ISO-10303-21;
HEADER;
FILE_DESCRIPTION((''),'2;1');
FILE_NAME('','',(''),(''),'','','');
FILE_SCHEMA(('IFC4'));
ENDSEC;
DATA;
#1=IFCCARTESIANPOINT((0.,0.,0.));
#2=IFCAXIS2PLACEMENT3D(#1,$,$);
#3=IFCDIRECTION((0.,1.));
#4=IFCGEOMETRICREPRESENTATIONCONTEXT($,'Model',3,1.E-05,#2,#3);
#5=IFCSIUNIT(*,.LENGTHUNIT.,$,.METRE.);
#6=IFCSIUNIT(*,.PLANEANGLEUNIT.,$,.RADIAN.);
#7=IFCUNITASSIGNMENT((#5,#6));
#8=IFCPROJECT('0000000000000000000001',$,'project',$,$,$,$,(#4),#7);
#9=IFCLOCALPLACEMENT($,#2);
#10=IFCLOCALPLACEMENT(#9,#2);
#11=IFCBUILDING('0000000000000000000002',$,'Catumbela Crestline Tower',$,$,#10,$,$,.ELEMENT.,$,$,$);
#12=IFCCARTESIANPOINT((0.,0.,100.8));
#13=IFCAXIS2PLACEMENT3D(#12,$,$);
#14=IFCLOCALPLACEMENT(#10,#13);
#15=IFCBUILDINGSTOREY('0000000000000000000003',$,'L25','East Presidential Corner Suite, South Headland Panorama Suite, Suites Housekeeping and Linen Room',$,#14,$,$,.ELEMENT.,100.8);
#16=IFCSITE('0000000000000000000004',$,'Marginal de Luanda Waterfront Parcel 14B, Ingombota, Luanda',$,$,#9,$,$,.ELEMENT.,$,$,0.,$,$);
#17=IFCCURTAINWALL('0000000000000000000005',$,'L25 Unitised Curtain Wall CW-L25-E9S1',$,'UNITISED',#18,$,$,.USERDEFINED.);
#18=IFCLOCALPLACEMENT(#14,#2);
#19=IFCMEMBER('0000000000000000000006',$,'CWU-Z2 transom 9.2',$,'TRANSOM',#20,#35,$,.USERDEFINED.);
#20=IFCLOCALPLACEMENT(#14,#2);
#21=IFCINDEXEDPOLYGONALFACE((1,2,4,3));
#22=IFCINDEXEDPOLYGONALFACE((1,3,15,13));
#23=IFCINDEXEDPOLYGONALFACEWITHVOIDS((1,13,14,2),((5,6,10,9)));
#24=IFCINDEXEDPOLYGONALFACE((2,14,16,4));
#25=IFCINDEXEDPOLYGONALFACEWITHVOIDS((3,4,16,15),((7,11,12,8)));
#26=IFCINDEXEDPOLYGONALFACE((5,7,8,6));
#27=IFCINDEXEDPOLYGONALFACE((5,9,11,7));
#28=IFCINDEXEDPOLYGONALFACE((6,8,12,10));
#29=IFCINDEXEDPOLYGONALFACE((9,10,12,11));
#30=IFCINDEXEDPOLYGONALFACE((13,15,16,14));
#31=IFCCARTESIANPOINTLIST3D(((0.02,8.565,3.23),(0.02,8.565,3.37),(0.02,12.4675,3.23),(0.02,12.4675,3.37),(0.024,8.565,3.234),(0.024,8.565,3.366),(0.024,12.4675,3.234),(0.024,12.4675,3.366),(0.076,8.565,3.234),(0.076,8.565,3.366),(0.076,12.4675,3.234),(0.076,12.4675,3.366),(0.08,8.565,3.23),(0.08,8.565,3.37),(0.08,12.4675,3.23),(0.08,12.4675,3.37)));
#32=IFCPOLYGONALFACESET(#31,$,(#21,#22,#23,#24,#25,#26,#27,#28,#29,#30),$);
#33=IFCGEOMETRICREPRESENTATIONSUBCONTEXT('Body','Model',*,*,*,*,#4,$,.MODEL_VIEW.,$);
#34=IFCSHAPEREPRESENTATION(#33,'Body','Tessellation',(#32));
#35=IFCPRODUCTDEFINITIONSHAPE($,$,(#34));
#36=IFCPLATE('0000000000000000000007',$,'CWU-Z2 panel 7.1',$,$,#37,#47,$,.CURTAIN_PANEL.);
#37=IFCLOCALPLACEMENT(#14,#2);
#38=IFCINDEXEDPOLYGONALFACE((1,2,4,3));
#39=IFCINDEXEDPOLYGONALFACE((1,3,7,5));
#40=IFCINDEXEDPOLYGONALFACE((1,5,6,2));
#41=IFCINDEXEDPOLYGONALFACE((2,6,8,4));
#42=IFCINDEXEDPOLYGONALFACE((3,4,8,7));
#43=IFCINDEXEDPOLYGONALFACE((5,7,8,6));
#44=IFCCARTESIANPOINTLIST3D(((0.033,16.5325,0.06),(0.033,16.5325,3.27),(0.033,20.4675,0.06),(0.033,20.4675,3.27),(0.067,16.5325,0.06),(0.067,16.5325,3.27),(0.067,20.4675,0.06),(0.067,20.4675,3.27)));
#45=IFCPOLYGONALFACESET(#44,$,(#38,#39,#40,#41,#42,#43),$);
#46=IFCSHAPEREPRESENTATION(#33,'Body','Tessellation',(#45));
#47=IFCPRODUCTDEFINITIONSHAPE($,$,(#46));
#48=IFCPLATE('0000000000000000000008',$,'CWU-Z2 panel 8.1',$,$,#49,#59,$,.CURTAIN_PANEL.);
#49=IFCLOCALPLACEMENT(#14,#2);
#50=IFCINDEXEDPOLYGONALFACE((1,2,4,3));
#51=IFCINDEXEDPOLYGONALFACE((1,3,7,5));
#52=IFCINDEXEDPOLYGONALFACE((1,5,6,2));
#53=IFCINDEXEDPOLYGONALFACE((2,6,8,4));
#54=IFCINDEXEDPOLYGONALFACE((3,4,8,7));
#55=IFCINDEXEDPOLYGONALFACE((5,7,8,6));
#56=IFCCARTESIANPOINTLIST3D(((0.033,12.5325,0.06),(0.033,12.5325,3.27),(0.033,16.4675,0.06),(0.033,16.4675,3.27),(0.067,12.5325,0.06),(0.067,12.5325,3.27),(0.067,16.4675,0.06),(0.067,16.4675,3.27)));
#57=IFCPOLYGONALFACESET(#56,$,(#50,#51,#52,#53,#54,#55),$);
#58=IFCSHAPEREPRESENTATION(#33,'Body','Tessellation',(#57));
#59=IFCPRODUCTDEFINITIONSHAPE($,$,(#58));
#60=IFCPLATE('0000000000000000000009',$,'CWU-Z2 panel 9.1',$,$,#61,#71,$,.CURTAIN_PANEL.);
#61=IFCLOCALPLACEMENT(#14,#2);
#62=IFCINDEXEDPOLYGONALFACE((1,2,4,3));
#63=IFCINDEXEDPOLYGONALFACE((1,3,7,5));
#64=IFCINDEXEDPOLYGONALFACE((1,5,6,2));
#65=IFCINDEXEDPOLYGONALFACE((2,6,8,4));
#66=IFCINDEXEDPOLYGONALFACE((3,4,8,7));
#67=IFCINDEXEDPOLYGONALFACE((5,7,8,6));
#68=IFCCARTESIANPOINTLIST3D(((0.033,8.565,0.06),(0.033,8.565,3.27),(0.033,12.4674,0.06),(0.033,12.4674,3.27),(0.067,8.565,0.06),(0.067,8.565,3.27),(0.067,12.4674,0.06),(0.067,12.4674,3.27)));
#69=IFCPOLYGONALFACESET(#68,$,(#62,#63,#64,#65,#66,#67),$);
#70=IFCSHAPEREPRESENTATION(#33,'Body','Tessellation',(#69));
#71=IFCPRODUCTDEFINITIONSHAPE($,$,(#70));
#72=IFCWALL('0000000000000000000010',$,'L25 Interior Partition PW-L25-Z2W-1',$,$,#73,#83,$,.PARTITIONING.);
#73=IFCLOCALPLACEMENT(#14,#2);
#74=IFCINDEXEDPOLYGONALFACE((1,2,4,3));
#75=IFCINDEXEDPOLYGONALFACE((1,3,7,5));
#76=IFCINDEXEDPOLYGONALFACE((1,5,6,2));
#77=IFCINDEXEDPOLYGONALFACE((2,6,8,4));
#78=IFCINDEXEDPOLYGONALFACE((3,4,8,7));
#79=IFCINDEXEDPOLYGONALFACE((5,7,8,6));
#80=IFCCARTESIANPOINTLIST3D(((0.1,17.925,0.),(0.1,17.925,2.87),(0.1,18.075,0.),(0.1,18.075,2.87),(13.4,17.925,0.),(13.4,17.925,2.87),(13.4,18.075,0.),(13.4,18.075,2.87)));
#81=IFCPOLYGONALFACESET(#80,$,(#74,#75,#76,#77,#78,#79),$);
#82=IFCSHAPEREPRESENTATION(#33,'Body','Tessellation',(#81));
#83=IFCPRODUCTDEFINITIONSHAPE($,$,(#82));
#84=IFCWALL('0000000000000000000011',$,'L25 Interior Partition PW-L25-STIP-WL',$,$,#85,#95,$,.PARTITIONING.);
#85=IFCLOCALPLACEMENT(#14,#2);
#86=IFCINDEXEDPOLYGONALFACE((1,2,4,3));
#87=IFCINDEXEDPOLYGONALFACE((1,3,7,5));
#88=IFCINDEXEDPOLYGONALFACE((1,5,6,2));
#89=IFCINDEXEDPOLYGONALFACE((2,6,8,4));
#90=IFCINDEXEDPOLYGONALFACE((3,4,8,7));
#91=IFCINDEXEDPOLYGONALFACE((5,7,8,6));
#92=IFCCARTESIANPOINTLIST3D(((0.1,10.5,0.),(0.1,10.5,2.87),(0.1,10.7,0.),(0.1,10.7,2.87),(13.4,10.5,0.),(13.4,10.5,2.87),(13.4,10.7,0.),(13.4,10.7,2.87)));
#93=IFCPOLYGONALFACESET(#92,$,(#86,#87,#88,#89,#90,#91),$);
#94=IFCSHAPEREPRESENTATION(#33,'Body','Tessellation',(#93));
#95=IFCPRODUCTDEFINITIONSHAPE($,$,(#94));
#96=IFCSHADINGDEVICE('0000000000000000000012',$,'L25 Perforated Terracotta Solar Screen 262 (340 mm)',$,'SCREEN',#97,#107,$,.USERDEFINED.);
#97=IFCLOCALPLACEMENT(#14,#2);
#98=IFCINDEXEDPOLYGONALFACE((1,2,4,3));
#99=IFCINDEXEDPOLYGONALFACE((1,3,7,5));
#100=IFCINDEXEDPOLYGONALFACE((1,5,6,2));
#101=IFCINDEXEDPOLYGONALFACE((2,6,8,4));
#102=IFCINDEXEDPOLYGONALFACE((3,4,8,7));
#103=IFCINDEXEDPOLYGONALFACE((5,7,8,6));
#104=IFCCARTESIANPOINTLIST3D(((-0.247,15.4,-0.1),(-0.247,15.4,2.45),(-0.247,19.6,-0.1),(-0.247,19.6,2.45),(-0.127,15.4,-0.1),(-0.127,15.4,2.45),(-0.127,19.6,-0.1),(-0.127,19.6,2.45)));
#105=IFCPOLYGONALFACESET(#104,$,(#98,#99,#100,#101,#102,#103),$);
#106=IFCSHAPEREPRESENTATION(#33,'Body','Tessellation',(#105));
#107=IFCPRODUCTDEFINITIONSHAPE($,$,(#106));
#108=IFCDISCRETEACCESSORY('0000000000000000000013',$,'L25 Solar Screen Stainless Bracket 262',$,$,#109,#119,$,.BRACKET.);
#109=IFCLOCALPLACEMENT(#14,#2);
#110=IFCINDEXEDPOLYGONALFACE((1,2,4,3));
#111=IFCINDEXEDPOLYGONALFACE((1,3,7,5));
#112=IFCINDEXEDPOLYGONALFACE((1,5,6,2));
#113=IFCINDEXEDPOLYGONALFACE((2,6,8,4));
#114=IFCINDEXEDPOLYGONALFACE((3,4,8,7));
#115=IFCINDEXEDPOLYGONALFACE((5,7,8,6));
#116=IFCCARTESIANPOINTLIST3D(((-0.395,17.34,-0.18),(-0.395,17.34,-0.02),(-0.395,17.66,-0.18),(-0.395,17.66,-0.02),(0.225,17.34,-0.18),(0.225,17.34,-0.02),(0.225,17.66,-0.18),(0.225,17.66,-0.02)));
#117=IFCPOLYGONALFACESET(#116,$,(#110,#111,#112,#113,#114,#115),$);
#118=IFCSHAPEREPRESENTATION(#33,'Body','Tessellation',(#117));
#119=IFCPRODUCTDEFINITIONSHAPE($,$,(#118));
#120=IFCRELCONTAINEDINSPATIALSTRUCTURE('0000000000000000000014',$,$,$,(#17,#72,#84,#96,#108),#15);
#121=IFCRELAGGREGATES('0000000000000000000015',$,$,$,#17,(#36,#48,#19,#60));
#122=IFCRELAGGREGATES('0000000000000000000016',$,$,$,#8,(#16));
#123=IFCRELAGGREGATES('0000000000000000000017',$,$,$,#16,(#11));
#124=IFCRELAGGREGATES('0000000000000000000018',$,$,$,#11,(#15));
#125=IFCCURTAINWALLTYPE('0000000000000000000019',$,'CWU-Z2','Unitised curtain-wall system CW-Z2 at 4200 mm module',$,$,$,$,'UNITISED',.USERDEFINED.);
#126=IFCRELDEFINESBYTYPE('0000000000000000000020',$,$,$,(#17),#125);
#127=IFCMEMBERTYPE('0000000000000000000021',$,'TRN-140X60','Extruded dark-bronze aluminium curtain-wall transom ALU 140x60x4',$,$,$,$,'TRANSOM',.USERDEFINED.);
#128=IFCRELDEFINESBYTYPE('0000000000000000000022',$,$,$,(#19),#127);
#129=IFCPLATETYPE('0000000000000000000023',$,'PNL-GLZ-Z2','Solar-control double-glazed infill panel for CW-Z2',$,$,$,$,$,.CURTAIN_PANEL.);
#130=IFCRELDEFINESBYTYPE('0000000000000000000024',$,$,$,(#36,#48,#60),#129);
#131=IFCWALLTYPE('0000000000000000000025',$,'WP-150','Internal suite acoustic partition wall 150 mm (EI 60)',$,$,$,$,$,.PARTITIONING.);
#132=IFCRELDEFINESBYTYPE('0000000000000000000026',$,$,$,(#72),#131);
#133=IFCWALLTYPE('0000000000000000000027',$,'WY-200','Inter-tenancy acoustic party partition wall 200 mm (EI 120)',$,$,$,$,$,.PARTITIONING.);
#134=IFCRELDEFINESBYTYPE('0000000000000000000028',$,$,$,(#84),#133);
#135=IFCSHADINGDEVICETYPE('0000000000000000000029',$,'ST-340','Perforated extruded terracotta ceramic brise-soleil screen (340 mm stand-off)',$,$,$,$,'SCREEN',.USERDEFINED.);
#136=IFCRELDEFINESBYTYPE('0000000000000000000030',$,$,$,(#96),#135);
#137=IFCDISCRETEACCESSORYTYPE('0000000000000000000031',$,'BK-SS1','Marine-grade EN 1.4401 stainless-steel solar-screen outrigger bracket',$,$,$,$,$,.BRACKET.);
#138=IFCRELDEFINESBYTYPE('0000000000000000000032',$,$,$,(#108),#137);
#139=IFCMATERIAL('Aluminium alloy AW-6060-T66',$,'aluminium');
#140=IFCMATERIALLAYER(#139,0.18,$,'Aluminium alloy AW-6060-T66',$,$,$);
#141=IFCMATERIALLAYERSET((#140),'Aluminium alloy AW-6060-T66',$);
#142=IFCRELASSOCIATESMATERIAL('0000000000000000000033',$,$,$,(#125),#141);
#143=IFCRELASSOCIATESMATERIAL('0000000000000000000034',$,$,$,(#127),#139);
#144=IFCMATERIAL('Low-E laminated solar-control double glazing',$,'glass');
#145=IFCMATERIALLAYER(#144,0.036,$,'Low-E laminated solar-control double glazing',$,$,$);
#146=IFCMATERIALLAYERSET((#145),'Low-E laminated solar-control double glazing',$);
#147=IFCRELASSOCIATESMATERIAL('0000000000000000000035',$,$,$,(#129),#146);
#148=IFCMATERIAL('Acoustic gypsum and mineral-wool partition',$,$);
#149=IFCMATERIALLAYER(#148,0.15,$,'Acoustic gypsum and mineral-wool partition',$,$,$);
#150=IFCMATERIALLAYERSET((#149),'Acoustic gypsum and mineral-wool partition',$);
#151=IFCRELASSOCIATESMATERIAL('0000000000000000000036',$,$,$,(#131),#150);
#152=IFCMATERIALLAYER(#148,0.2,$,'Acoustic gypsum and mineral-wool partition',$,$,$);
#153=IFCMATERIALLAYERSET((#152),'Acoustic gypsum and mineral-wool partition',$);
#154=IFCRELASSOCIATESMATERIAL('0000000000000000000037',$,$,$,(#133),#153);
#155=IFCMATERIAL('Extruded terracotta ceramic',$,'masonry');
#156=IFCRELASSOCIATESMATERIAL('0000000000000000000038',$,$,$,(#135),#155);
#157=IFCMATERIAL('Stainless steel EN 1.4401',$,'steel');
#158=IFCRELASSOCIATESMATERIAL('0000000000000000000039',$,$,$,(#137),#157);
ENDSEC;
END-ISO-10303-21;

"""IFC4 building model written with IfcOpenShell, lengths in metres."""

from ifc_helpers import new_model, si_unit, direction, frame, frame_2d, origin, origin_2d, place, context, subcontext, project, spatial, rectangle, hollow_rectangle, extrude, material, layer, layer_set, material_profile, profile_set, type_object, element, aggregate, save


model = new_model("IFC4")

# Units and contexts
model_context = context("Model", 3, precision=1e-05, world=origin(), true_north=direction((0.0, 1.0)))
body_context = subcontext(model_context, "Body", "Model", "MODEL_VIEW")
ifc_project = project(units=[si_unit("LENGTHUNIT", "METRE"), si_unit("PLANEANGLEUNIT", "RADIAN")], contexts=[model_context])

# Site, building, storey
site_placement = place(None, origin())
site = spatial("IfcSite", under=ifc_project, at=site_placement, Name="Marginal de Luanda Waterfront Parcel 14B, Ingombota, Luanda", CompositionType="ELEMENT", RefElevation=0.0)
building_placement = place(site_placement, origin())
building = spatial("IfcBuilding", under=site, at=building_placement, Name="Catumbela Crestline Tower", CompositionType="ELEMENT")
storey_placement = place(building_placement, frame((0.0, 0.0, 100.8)))
storey = spatial("IfcBuildingStorey", under=building, at=storey_placement, Name="L25", Description="East Presidential Corner Suite, South Headland Panorama Suite, Suites Housekeeping and Linen Room", CompositionType="ELEMENT", Elevation=100.8)

# Curtain wall
ifc_material_1 = material(Name="Aluminium alloy AW-6060-T66", Category="aluminium")
ifc_layer_1 = layer(ifc_material_1, 0.18, Name="Aluminium alloy AW-6060-T66")
ifc_layer_set_1 = layer_set([ifc_layer_1], Name="Aluminium alloy AW-6060-T66")
curtain_wall_type = type_object("IfcCurtainWallType", Name="CWU-Z2", Description="Unitised curtain-wall system CW-Z2 at 4200 mm module", ElementType="UNITISED", PredefinedType="USERDEFINED", material=ifc_layer_set_1)
curtain_wall_placement = place(storey_placement, origin())
curtain_wall = element("IfcCurtainWall", 1, at=curtain_wall_placement, inside=storey, type_object=curtain_wall_type, Name="L25 Unitised Curtain Wall CW-L25-E9S1", ObjectType="UNITISED", PredefinedType="USERDEFINED")

# Member
ifc_material_profile_1 = material_profile(ifc_material_1, hollow_rectangle(XDim=0.06, YDim=0.14, WallThickness=0.004, at=origin_2d()), Name="ALU 140x60x4")
ifc_profile_set_1 = profile_set([ifc_material_profile_1], Name="Aluminium alloy AW-6060-T66")
member_type_1 = type_object("IfcMemberType", Name="TRN-140X60", Description="Extruded dark-bronze aluminium curtain-wall transom ALU 140x60x4", ElementType="TRANSOM", PredefinedType="USERDEFINED", material=ifc_profile_set_1)
member_1_placement = place(storey_placement, frame((0.05, 12.4675, 3.3), z_axis=(0.0, -1.0, 0.0), x_axis=(1.0, 0.0, 0.0)))
member_1 = element("IfcMember", 2, at=member_1_placement, type_object=member_type_1, Name="CWU-Z2 transom 9.2", ObjectType="TRANSOM", PredefinedType="USERDEFINED", context=body_context, shape_type="SweptSolid", body=[
    extrude(hollow_rectangle(XDim=0.06, YDim=0.14, WallThickness=0.004, at=origin_2d()), origin(), (0.0, 0.0, 1.0), 3.9025),
])

# Plates
ifc_material_2 = material(Name="Low-E laminated solar-control double glazing", Category="glass")
ifc_layer_2 = layer(ifc_material_2, 0.036, Name="Low-E laminated solar-control double glazing")
ifc_layer_set_2 = layer_set([ifc_layer_2], Name="Low-E laminated solar-control double glazing")
plate_type = type_object("IfcPlateType", Name="PNL-GLZ-Z2", Description="Solar-control double-glazed infill panel for CW-Z2", PredefinedType="CURTAIN_PANEL", material=ifc_layer_set_2)
plate_1_placement = place(storey_placement, frame((0.05, 18.5, 0.06), z_axis=(0.0, 0.0, 1.0), x_axis=(0.0, -1.0, 0.0)))
plate_1 = element("IfcPlate", 3, at=plate_1_placement, type_object=plate_type, Name="CWU-Z2 panel 7.1", PredefinedType="CURTAIN_PANEL", context=body_context, shape_type="SweptSolid", body=[
    extrude(rectangle(XDim=3.935, YDim=0.034, at=origin_2d()), origin(), (0.0, 0.0, 1.0), 3.21),
])
plate_2_placement = place(storey_placement, frame((0.05, 14.5, 0.06), z_axis=(0.0, 0.0, 1.0), x_axis=(0.0, -1.0, 0.0)))
plate_2 = element("IfcPlate", 4, at=plate_2_placement, type_object=plate_type, Name="CWU-Z2 panel 8.1", PredefinedType="CURTAIN_PANEL", context=body_context, shape_type="SweptSolid", body=[
    extrude(rectangle(XDim=3.935, YDim=0.034, at=origin_2d()), origin(), (0.0, 0.0, 1.0), 3.21),
])
plate_3_placement = place(storey_placement, frame((0.05, 10.5162, 0.06), z_axis=(0.0, 0.0, 1.0), x_axis=(0.0, -1.0, 0.0)))
plate_3 = element("IfcPlate", 5, at=plate_3_placement, type_object=plate_type, Name="CWU-Z2 panel 9.1", PredefinedType="CURTAIN_PANEL", context=body_context, shape_type="SweptSolid", body=[
    extrude(rectangle(XDim=3.9025, YDim=0.034, at=origin_2d()), origin(), (0.0, 0.0, 1.0), 3.21),
])
aggregate(curtain_wall, [plate_1, plate_2, member_1, plate_3])

# Walls
ifc_material_3 = material(Name="Acoustic gypsum and mineral-wool partition")
ifc_layer_3 = layer(ifc_material_3, 0.15, Name="Acoustic gypsum and mineral-wool partition")
ifc_layer_set_3 = layer_set([ifc_layer_3], Name="Acoustic gypsum and mineral-wool partition")
wall_type_1 = type_object("IfcWallType", Name="WP-150", Description="Internal suite acoustic partition wall 150 mm (EI 60)", PredefinedType="PARTITIONING", material=ifc_layer_set_3)
wall_1_placement = place(storey_placement, frame((0.1, 18.0, 0.0), z_axis=(0.0, 0.0, 1.0), x_axis=(1.0, 0.0, 0.0)))
element("IfcWall", 6, at=wall_1_placement, inside=storey, type_object=wall_type_1, Name="L25 Interior Partition PW-L25-Z2W-1", PredefinedType="PARTITIONING", context=body_context, shape_type="SweptSolid", body=[
    extrude(rectangle(XDim=13.3, YDim=0.15, at=frame_2d((6.65, 0.0))), origin(), (0.0, 0.0, 1.0), 2.87),
])
ifc_layer_4 = layer(ifc_material_3, 0.2, Name="Acoustic gypsum and mineral-wool partition")
ifc_layer_set_4 = layer_set([ifc_layer_4], Name="Acoustic gypsum and mineral-wool partition")
wall_type_2 = type_object("IfcWallType", Name="WY-200", Description="Inter-tenancy acoustic party partition wall 200 mm (EI 120)", PredefinedType="PARTITIONING", material=ifc_layer_set_4)
wall_2_placement = place(storey_placement, frame((0.1, 10.6, 0.0), z_axis=(0.0, 0.0, 1.0), x_axis=(1.0, 0.0, 0.0)))
element("IfcWall", 7, at=wall_2_placement, inside=storey, type_object=wall_type_2, Name="L25 Interior Partition PW-L25-STIP-WL", PredefinedType="PARTITIONING", context=body_context, shape_type="SweptSolid", body=[
    extrude(rectangle(XDim=13.3, YDim=0.2, at=frame_2d((6.65, 0.0))), origin(), (0.0, 0.0, 1.0), 2.87),
])

# Shading device
ifc_material_4 = material(Name="Extruded terracotta ceramic", Category="masonry")
shading_device_type = type_object("IfcShadingDeviceType", Name="ST-340", Description="Perforated extruded terracotta ceramic brise-soleil screen (340 mm stand-off)", ElementType="SCREEN", PredefinedType="USERDEFINED", material=ifc_material_4)
shading_device_placement = place(storey_placement, frame((-0.187, 17.5, -0.1), z_axis=(0.0, 0.0, 1.0), x_axis=(0.0, -1.0, 0.0)))
element("IfcShadingDevice", 8, at=shading_device_placement, inside=storey, type_object=shading_device_type, Name="L25 Perforated Terracotta Solar Screen 262 (340 mm)", ObjectType="SCREEN", PredefinedType="USERDEFINED", context=body_context, shape_type="SweptSolid", body=[
    extrude(rectangle(XDim=4.2, YDim=0.12, at=origin_2d()), origin(), (0.0, 0.0, 1.0), 2.55),
])

# Discrete accessory
ifc_material_5 = material(Name="Stainless steel EN 1.4401", Category="steel")
discrete_accessory_type = type_object("IfcDiscreteAccessoryType", Name="BK-SS1", Description="Marine-grade EN 1.4401 stainless-steel solar-screen outrigger bracket", PredefinedType="BRACKET", material=ifc_material_5)
discrete_accessory_placement = place(storey_placement, frame((-0.085, 17.5, -0.18), z_axis=(0.0, 0.0, 1.0), x_axis=(0.0, -1.0, 0.0)))
element("IfcDiscreteAccessory", 9, at=discrete_accessory_placement, inside=storey, type_object=discrete_accessory_type, Name="L25 Solar Screen Stainless Bracket 262", PredefinedType="BRACKET", context=body_context, shape_type="SweptSolid", body=[
    extrude(rectangle(XDim=0.32, YDim=0.62, at=origin_2d()), origin(), (0.0, 0.0, 1.0), 0.16),
])

save(model, "model.ifc")
